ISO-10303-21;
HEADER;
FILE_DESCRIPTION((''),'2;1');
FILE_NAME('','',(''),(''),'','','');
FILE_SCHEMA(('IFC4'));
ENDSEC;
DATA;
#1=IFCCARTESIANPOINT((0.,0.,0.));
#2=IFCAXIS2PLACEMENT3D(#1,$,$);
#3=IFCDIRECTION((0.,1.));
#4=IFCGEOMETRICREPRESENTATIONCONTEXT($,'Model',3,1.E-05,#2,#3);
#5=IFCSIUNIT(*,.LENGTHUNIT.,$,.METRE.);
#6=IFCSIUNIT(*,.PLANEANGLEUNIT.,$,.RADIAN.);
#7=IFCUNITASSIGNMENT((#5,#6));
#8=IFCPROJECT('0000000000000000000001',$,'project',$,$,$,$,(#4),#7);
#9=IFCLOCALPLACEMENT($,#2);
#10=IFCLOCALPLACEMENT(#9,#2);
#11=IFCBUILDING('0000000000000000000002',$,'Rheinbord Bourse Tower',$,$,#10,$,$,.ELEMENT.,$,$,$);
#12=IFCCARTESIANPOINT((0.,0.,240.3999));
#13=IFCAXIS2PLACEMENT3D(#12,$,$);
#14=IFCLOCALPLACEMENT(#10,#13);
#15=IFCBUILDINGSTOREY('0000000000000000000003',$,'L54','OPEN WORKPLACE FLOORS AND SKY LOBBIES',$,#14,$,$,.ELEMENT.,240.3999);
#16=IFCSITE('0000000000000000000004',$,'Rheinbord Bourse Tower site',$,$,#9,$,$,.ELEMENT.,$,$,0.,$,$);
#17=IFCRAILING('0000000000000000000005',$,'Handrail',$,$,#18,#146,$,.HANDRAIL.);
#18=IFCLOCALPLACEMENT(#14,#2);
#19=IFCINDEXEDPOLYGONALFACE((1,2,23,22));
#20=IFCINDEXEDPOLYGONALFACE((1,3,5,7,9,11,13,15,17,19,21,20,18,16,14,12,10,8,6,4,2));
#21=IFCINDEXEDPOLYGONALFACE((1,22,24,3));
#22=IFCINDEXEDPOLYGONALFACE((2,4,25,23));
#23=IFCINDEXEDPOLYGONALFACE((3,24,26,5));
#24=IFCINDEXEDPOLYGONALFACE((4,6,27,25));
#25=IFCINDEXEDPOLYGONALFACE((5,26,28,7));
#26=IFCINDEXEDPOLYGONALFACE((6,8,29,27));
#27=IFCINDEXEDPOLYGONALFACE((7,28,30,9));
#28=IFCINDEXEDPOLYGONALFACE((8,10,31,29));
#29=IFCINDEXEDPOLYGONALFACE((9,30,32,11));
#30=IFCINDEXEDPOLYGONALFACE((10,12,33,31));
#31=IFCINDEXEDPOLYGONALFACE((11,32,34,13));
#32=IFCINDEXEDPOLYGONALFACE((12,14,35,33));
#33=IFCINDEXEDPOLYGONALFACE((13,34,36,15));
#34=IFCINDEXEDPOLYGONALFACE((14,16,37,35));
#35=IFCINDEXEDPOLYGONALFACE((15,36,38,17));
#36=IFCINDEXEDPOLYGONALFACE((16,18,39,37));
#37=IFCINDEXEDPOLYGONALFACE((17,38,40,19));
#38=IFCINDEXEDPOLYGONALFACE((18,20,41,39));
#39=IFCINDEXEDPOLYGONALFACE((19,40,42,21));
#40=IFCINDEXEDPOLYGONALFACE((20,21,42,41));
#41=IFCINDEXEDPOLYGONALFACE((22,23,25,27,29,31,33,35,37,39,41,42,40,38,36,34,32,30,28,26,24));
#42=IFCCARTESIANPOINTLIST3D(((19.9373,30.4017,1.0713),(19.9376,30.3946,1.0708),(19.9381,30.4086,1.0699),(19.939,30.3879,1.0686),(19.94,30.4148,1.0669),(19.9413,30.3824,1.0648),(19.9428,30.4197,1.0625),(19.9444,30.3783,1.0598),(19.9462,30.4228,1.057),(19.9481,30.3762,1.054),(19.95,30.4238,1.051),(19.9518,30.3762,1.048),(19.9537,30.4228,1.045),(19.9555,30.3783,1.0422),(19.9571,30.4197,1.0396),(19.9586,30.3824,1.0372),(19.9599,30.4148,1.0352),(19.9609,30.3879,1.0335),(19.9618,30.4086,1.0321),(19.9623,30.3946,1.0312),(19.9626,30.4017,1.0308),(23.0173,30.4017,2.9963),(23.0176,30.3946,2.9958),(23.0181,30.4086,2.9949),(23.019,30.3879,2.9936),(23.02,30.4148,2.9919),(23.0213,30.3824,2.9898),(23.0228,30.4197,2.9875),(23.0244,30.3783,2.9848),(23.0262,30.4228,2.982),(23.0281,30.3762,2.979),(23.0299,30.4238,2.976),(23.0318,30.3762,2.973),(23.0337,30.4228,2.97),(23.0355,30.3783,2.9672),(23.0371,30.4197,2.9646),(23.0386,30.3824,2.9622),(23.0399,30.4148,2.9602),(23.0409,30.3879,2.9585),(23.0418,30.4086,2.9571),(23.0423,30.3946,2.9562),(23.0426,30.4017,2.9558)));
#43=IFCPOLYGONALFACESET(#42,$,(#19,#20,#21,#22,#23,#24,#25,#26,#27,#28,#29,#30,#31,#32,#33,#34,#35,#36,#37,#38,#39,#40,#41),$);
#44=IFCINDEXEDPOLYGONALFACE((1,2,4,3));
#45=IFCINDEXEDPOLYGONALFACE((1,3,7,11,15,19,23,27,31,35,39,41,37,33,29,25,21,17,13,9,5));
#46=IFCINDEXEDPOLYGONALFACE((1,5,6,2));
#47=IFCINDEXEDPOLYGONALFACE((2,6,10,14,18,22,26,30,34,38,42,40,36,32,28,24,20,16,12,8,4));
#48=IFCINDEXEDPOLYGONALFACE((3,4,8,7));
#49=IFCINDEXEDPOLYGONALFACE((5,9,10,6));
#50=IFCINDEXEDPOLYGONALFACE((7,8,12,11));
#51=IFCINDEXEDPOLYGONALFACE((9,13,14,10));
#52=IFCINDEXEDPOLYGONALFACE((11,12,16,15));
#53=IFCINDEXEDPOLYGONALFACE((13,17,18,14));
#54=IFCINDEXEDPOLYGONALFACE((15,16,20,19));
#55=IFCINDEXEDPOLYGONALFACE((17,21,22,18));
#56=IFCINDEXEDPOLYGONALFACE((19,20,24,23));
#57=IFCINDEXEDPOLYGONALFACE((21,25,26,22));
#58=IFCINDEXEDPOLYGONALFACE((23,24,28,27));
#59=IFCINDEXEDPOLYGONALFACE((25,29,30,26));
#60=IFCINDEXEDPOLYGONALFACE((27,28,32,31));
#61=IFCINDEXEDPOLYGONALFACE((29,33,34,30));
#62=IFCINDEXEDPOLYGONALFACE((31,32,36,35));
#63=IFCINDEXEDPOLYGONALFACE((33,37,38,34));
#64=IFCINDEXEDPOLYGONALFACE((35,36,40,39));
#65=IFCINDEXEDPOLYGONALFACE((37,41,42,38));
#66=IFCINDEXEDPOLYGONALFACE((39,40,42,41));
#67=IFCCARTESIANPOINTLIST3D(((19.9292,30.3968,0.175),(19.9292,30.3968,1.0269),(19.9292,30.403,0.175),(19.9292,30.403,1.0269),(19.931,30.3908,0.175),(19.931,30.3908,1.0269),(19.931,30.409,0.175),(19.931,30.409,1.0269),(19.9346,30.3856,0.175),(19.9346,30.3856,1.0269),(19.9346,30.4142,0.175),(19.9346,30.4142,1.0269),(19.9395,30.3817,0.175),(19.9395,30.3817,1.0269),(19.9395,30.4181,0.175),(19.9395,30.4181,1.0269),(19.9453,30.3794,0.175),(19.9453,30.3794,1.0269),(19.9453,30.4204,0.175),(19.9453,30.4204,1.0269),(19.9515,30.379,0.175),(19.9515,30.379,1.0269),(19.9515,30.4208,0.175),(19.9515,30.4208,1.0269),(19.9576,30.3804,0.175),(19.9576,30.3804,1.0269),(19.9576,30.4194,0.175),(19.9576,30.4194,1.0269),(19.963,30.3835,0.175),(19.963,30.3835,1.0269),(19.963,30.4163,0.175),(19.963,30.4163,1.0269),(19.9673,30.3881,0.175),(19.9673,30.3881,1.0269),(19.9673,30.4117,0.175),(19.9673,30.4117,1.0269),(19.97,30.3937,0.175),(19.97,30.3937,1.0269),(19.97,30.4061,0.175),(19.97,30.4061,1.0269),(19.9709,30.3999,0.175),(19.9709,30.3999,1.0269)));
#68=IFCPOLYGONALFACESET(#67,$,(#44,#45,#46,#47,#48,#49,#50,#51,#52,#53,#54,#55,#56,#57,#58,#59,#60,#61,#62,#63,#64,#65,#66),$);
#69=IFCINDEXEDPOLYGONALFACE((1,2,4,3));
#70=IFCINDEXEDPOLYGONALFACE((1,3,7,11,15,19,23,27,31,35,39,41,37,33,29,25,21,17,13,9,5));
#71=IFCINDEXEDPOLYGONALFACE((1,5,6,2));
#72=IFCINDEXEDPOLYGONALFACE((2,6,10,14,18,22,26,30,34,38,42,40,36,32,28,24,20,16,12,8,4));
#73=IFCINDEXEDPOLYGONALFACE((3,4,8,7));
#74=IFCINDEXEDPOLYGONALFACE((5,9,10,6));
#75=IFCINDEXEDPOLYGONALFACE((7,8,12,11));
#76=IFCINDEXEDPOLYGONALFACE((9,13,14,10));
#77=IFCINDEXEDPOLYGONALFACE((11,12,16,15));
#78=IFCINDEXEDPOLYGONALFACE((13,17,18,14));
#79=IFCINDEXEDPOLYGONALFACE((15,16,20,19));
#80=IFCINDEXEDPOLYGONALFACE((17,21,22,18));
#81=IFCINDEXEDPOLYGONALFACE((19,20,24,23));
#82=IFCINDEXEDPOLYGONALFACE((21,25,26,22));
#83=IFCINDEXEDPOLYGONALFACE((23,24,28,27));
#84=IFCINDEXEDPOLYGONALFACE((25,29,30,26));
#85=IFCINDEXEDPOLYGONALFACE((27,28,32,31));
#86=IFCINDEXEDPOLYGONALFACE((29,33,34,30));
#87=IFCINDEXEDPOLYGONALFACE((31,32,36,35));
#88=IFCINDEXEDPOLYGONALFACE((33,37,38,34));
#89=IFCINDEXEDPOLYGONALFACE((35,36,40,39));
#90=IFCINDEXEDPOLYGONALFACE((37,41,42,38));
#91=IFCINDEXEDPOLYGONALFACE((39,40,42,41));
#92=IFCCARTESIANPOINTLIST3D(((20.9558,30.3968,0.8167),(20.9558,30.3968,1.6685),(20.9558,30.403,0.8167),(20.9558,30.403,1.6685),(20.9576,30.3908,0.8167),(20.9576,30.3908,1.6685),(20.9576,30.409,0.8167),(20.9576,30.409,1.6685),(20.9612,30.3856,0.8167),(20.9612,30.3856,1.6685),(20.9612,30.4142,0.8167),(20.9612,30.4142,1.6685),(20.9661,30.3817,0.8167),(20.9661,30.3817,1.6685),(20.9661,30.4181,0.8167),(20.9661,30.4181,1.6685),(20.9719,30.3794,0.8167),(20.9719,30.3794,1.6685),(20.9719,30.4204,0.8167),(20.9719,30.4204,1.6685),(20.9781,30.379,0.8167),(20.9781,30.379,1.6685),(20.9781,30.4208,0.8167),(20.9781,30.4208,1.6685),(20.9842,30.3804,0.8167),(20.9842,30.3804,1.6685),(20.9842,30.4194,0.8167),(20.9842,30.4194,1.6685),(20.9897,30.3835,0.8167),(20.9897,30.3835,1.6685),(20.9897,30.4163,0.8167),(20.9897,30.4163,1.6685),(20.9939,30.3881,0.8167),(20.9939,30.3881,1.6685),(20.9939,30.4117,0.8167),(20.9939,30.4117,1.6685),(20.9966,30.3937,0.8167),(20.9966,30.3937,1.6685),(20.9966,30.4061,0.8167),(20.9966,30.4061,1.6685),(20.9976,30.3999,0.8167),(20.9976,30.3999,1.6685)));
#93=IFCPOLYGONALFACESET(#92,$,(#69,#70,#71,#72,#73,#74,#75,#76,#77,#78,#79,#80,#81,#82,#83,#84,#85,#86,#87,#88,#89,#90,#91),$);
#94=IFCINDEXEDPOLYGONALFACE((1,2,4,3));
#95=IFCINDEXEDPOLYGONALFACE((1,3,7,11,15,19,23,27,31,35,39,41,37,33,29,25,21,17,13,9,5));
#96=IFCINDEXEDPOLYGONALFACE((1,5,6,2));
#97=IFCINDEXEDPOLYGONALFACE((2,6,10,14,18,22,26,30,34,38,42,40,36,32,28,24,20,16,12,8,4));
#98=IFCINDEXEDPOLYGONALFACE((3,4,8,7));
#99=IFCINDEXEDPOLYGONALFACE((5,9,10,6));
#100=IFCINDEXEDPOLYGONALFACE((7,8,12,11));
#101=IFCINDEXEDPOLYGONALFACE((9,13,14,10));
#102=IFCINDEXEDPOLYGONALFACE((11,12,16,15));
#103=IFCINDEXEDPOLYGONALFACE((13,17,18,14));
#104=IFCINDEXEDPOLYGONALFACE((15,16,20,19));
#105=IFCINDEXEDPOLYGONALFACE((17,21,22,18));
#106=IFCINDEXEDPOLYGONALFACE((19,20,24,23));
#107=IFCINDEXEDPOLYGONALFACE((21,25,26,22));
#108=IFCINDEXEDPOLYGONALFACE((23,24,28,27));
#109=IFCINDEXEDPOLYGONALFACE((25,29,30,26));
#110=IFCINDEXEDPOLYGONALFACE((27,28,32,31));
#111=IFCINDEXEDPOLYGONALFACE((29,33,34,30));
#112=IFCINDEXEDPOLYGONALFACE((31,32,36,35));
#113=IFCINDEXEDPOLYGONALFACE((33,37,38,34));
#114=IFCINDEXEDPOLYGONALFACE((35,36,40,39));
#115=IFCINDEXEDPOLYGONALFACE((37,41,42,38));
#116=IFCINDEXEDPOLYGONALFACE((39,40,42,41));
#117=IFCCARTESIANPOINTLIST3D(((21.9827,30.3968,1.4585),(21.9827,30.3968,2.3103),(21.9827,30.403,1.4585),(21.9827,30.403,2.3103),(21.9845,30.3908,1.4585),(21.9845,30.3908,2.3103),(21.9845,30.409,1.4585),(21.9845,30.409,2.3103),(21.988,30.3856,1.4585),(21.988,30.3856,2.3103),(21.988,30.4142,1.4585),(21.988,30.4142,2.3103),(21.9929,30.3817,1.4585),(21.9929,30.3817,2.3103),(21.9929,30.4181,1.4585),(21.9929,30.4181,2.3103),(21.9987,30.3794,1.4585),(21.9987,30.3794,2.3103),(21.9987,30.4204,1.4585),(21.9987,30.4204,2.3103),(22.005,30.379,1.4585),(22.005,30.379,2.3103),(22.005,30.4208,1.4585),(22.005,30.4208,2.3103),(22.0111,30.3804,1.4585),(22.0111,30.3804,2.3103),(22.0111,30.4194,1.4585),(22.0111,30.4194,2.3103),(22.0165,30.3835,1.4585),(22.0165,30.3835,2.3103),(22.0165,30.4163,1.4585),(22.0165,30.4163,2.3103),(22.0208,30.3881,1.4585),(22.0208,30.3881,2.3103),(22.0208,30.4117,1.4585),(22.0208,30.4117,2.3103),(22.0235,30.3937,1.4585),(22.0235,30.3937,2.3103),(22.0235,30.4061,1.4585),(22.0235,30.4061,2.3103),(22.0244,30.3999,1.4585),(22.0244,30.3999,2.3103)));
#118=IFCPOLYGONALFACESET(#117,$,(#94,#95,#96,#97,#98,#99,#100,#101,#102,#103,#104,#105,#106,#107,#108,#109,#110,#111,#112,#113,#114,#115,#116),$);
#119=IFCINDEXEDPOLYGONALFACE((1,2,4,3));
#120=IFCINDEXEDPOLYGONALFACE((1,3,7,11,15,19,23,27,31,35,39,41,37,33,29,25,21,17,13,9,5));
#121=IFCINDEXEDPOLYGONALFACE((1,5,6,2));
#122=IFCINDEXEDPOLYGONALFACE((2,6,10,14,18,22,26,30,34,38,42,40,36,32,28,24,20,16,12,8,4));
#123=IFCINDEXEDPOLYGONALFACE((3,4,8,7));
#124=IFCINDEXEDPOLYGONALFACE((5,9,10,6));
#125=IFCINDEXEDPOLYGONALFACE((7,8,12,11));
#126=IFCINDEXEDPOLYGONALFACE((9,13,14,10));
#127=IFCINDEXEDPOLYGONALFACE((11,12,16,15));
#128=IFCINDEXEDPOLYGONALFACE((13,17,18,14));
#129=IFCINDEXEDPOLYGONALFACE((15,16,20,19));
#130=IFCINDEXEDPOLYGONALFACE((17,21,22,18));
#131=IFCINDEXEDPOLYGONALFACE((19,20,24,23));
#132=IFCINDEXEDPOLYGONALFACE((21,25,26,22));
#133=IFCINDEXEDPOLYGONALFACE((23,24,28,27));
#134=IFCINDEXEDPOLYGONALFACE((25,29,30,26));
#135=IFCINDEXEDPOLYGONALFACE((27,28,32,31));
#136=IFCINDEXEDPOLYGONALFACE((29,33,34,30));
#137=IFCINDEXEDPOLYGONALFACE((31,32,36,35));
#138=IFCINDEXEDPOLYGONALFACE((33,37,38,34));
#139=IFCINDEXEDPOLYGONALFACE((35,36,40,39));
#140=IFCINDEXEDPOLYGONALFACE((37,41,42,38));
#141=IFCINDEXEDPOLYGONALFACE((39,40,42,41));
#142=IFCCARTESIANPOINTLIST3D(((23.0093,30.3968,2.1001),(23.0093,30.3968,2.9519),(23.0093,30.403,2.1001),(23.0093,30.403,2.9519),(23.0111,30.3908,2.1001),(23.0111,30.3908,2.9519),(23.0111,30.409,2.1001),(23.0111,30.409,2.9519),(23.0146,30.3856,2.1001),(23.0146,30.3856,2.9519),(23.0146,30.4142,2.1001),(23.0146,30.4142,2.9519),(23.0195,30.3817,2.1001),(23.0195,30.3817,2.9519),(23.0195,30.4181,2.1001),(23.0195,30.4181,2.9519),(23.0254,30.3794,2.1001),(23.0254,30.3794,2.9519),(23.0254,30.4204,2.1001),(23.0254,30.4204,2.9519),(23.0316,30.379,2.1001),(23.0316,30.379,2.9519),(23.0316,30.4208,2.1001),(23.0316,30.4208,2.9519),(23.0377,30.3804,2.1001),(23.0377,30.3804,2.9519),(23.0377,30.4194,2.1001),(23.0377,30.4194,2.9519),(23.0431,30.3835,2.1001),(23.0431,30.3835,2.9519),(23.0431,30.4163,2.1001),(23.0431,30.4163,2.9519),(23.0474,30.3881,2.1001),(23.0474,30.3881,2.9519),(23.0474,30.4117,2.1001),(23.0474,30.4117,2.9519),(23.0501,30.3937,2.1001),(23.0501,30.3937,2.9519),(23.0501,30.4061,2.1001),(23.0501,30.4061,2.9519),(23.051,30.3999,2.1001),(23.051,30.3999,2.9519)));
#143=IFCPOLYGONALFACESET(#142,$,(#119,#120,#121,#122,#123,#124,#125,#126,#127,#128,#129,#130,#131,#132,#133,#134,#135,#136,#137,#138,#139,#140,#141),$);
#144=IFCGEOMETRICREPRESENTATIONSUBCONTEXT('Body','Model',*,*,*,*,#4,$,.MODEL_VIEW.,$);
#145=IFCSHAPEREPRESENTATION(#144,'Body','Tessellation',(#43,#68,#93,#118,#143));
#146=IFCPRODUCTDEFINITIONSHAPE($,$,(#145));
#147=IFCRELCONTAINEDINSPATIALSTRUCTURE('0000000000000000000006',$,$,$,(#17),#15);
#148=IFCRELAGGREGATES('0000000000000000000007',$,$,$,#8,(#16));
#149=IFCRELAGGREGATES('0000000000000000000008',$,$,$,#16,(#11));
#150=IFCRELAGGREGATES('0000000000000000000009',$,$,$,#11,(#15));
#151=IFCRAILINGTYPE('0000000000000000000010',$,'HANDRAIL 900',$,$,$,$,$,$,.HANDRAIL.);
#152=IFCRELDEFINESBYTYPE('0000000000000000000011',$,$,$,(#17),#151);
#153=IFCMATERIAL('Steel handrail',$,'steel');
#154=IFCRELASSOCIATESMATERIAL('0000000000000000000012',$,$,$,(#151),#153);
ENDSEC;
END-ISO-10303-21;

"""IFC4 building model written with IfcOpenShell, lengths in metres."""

from ifc_helpers import new_model, si_unit, direction, frame, origin, origin_2d, place, context, subcontext, project, spatial, circle, extrude, material, type_object, element, save


model = new_model("IFC4")

# Units and contexts
model_context = context("Model", 3, precision=1e-05, world=origin(), true_north=direction((0.0, 1.0)))
body_context = subcontext(model_context, "Body", "Model", "MODEL_VIEW")
ifc_project = project(units=[si_unit("LENGTHUNIT", "METRE"), si_unit("PLANEANGLEUNIT", "RADIAN")], contexts=[model_context])

# Site, building, storey
site_placement = place(None, origin())
site = spatial("IfcSite", under=ifc_project, at=site_placement, Name="Rheinbord Bourse Tower site", CompositionType="ELEMENT", RefElevation=0.0)
building_placement = place(site_placement, origin())
building = spatial("IfcBuilding", under=site, at=building_placement, Name="Rheinbord Bourse Tower", CompositionType="ELEMENT")
storey_placement = place(building_placement, frame((0.0, 0.0, 240.3999)))
storey = spatial("IfcBuildingStorey", under=building, at=storey_placement, Name="L54", Description="OPEN WORKPLACE FLOORS AND SKY LOBBIES", CompositionType="ELEMENT", Elevation=240.3999)

# Railing
ifc_material_1 = material(Name="Steel handrail", Category="steel")
railing_type = type_object("IfcRailingType", Name="HANDRAIL 900", PredefinedType="HANDRAIL", material=ifc_material_1)
railing_1_placement = place(storey_placement, frame((19.95, 30.3999, 0.175)))
element("IfcRailing", 1, at=railing_1_placement, inside=storey, type_object=railing_type, Name="Handrail", PredefinedType="HANDRAIL", context=body_context, shape_type="SweptSolid", body=[
    extrude(circle(Radius=0.0239, at=origin_2d()), frame((0.0, 0.0, 0.876), z_axis=(0.847998, 0.0, 0.529999), x_axis=(0.0, 1.0, 0.0)), (0.0, 0.0, 1.0), 3.6321),
    extrude(circle(Radius=0.021, at=origin_2d()), origin(), (0.0, 0.0, 1.0), 0.8518),
    extrude(circle(Radius=0.021, at=origin_2d()), frame((1.0266, 0.0, 0.6416)), (0.0, 0.0, 1.0), 0.8518),
    extrude(circle(Radius=0.021, at=origin_2d()), frame((2.0535, 0.0, 1.2834)), (0.0, 0.0, 1.0), 0.8518),
    extrude(circle(Radius=0.021, at=origin_2d()), frame((3.0801, 0.0, 1.925)), (0.0, 0.0, 1.0), 0.8518),
])

save(model, "model.ifc")
